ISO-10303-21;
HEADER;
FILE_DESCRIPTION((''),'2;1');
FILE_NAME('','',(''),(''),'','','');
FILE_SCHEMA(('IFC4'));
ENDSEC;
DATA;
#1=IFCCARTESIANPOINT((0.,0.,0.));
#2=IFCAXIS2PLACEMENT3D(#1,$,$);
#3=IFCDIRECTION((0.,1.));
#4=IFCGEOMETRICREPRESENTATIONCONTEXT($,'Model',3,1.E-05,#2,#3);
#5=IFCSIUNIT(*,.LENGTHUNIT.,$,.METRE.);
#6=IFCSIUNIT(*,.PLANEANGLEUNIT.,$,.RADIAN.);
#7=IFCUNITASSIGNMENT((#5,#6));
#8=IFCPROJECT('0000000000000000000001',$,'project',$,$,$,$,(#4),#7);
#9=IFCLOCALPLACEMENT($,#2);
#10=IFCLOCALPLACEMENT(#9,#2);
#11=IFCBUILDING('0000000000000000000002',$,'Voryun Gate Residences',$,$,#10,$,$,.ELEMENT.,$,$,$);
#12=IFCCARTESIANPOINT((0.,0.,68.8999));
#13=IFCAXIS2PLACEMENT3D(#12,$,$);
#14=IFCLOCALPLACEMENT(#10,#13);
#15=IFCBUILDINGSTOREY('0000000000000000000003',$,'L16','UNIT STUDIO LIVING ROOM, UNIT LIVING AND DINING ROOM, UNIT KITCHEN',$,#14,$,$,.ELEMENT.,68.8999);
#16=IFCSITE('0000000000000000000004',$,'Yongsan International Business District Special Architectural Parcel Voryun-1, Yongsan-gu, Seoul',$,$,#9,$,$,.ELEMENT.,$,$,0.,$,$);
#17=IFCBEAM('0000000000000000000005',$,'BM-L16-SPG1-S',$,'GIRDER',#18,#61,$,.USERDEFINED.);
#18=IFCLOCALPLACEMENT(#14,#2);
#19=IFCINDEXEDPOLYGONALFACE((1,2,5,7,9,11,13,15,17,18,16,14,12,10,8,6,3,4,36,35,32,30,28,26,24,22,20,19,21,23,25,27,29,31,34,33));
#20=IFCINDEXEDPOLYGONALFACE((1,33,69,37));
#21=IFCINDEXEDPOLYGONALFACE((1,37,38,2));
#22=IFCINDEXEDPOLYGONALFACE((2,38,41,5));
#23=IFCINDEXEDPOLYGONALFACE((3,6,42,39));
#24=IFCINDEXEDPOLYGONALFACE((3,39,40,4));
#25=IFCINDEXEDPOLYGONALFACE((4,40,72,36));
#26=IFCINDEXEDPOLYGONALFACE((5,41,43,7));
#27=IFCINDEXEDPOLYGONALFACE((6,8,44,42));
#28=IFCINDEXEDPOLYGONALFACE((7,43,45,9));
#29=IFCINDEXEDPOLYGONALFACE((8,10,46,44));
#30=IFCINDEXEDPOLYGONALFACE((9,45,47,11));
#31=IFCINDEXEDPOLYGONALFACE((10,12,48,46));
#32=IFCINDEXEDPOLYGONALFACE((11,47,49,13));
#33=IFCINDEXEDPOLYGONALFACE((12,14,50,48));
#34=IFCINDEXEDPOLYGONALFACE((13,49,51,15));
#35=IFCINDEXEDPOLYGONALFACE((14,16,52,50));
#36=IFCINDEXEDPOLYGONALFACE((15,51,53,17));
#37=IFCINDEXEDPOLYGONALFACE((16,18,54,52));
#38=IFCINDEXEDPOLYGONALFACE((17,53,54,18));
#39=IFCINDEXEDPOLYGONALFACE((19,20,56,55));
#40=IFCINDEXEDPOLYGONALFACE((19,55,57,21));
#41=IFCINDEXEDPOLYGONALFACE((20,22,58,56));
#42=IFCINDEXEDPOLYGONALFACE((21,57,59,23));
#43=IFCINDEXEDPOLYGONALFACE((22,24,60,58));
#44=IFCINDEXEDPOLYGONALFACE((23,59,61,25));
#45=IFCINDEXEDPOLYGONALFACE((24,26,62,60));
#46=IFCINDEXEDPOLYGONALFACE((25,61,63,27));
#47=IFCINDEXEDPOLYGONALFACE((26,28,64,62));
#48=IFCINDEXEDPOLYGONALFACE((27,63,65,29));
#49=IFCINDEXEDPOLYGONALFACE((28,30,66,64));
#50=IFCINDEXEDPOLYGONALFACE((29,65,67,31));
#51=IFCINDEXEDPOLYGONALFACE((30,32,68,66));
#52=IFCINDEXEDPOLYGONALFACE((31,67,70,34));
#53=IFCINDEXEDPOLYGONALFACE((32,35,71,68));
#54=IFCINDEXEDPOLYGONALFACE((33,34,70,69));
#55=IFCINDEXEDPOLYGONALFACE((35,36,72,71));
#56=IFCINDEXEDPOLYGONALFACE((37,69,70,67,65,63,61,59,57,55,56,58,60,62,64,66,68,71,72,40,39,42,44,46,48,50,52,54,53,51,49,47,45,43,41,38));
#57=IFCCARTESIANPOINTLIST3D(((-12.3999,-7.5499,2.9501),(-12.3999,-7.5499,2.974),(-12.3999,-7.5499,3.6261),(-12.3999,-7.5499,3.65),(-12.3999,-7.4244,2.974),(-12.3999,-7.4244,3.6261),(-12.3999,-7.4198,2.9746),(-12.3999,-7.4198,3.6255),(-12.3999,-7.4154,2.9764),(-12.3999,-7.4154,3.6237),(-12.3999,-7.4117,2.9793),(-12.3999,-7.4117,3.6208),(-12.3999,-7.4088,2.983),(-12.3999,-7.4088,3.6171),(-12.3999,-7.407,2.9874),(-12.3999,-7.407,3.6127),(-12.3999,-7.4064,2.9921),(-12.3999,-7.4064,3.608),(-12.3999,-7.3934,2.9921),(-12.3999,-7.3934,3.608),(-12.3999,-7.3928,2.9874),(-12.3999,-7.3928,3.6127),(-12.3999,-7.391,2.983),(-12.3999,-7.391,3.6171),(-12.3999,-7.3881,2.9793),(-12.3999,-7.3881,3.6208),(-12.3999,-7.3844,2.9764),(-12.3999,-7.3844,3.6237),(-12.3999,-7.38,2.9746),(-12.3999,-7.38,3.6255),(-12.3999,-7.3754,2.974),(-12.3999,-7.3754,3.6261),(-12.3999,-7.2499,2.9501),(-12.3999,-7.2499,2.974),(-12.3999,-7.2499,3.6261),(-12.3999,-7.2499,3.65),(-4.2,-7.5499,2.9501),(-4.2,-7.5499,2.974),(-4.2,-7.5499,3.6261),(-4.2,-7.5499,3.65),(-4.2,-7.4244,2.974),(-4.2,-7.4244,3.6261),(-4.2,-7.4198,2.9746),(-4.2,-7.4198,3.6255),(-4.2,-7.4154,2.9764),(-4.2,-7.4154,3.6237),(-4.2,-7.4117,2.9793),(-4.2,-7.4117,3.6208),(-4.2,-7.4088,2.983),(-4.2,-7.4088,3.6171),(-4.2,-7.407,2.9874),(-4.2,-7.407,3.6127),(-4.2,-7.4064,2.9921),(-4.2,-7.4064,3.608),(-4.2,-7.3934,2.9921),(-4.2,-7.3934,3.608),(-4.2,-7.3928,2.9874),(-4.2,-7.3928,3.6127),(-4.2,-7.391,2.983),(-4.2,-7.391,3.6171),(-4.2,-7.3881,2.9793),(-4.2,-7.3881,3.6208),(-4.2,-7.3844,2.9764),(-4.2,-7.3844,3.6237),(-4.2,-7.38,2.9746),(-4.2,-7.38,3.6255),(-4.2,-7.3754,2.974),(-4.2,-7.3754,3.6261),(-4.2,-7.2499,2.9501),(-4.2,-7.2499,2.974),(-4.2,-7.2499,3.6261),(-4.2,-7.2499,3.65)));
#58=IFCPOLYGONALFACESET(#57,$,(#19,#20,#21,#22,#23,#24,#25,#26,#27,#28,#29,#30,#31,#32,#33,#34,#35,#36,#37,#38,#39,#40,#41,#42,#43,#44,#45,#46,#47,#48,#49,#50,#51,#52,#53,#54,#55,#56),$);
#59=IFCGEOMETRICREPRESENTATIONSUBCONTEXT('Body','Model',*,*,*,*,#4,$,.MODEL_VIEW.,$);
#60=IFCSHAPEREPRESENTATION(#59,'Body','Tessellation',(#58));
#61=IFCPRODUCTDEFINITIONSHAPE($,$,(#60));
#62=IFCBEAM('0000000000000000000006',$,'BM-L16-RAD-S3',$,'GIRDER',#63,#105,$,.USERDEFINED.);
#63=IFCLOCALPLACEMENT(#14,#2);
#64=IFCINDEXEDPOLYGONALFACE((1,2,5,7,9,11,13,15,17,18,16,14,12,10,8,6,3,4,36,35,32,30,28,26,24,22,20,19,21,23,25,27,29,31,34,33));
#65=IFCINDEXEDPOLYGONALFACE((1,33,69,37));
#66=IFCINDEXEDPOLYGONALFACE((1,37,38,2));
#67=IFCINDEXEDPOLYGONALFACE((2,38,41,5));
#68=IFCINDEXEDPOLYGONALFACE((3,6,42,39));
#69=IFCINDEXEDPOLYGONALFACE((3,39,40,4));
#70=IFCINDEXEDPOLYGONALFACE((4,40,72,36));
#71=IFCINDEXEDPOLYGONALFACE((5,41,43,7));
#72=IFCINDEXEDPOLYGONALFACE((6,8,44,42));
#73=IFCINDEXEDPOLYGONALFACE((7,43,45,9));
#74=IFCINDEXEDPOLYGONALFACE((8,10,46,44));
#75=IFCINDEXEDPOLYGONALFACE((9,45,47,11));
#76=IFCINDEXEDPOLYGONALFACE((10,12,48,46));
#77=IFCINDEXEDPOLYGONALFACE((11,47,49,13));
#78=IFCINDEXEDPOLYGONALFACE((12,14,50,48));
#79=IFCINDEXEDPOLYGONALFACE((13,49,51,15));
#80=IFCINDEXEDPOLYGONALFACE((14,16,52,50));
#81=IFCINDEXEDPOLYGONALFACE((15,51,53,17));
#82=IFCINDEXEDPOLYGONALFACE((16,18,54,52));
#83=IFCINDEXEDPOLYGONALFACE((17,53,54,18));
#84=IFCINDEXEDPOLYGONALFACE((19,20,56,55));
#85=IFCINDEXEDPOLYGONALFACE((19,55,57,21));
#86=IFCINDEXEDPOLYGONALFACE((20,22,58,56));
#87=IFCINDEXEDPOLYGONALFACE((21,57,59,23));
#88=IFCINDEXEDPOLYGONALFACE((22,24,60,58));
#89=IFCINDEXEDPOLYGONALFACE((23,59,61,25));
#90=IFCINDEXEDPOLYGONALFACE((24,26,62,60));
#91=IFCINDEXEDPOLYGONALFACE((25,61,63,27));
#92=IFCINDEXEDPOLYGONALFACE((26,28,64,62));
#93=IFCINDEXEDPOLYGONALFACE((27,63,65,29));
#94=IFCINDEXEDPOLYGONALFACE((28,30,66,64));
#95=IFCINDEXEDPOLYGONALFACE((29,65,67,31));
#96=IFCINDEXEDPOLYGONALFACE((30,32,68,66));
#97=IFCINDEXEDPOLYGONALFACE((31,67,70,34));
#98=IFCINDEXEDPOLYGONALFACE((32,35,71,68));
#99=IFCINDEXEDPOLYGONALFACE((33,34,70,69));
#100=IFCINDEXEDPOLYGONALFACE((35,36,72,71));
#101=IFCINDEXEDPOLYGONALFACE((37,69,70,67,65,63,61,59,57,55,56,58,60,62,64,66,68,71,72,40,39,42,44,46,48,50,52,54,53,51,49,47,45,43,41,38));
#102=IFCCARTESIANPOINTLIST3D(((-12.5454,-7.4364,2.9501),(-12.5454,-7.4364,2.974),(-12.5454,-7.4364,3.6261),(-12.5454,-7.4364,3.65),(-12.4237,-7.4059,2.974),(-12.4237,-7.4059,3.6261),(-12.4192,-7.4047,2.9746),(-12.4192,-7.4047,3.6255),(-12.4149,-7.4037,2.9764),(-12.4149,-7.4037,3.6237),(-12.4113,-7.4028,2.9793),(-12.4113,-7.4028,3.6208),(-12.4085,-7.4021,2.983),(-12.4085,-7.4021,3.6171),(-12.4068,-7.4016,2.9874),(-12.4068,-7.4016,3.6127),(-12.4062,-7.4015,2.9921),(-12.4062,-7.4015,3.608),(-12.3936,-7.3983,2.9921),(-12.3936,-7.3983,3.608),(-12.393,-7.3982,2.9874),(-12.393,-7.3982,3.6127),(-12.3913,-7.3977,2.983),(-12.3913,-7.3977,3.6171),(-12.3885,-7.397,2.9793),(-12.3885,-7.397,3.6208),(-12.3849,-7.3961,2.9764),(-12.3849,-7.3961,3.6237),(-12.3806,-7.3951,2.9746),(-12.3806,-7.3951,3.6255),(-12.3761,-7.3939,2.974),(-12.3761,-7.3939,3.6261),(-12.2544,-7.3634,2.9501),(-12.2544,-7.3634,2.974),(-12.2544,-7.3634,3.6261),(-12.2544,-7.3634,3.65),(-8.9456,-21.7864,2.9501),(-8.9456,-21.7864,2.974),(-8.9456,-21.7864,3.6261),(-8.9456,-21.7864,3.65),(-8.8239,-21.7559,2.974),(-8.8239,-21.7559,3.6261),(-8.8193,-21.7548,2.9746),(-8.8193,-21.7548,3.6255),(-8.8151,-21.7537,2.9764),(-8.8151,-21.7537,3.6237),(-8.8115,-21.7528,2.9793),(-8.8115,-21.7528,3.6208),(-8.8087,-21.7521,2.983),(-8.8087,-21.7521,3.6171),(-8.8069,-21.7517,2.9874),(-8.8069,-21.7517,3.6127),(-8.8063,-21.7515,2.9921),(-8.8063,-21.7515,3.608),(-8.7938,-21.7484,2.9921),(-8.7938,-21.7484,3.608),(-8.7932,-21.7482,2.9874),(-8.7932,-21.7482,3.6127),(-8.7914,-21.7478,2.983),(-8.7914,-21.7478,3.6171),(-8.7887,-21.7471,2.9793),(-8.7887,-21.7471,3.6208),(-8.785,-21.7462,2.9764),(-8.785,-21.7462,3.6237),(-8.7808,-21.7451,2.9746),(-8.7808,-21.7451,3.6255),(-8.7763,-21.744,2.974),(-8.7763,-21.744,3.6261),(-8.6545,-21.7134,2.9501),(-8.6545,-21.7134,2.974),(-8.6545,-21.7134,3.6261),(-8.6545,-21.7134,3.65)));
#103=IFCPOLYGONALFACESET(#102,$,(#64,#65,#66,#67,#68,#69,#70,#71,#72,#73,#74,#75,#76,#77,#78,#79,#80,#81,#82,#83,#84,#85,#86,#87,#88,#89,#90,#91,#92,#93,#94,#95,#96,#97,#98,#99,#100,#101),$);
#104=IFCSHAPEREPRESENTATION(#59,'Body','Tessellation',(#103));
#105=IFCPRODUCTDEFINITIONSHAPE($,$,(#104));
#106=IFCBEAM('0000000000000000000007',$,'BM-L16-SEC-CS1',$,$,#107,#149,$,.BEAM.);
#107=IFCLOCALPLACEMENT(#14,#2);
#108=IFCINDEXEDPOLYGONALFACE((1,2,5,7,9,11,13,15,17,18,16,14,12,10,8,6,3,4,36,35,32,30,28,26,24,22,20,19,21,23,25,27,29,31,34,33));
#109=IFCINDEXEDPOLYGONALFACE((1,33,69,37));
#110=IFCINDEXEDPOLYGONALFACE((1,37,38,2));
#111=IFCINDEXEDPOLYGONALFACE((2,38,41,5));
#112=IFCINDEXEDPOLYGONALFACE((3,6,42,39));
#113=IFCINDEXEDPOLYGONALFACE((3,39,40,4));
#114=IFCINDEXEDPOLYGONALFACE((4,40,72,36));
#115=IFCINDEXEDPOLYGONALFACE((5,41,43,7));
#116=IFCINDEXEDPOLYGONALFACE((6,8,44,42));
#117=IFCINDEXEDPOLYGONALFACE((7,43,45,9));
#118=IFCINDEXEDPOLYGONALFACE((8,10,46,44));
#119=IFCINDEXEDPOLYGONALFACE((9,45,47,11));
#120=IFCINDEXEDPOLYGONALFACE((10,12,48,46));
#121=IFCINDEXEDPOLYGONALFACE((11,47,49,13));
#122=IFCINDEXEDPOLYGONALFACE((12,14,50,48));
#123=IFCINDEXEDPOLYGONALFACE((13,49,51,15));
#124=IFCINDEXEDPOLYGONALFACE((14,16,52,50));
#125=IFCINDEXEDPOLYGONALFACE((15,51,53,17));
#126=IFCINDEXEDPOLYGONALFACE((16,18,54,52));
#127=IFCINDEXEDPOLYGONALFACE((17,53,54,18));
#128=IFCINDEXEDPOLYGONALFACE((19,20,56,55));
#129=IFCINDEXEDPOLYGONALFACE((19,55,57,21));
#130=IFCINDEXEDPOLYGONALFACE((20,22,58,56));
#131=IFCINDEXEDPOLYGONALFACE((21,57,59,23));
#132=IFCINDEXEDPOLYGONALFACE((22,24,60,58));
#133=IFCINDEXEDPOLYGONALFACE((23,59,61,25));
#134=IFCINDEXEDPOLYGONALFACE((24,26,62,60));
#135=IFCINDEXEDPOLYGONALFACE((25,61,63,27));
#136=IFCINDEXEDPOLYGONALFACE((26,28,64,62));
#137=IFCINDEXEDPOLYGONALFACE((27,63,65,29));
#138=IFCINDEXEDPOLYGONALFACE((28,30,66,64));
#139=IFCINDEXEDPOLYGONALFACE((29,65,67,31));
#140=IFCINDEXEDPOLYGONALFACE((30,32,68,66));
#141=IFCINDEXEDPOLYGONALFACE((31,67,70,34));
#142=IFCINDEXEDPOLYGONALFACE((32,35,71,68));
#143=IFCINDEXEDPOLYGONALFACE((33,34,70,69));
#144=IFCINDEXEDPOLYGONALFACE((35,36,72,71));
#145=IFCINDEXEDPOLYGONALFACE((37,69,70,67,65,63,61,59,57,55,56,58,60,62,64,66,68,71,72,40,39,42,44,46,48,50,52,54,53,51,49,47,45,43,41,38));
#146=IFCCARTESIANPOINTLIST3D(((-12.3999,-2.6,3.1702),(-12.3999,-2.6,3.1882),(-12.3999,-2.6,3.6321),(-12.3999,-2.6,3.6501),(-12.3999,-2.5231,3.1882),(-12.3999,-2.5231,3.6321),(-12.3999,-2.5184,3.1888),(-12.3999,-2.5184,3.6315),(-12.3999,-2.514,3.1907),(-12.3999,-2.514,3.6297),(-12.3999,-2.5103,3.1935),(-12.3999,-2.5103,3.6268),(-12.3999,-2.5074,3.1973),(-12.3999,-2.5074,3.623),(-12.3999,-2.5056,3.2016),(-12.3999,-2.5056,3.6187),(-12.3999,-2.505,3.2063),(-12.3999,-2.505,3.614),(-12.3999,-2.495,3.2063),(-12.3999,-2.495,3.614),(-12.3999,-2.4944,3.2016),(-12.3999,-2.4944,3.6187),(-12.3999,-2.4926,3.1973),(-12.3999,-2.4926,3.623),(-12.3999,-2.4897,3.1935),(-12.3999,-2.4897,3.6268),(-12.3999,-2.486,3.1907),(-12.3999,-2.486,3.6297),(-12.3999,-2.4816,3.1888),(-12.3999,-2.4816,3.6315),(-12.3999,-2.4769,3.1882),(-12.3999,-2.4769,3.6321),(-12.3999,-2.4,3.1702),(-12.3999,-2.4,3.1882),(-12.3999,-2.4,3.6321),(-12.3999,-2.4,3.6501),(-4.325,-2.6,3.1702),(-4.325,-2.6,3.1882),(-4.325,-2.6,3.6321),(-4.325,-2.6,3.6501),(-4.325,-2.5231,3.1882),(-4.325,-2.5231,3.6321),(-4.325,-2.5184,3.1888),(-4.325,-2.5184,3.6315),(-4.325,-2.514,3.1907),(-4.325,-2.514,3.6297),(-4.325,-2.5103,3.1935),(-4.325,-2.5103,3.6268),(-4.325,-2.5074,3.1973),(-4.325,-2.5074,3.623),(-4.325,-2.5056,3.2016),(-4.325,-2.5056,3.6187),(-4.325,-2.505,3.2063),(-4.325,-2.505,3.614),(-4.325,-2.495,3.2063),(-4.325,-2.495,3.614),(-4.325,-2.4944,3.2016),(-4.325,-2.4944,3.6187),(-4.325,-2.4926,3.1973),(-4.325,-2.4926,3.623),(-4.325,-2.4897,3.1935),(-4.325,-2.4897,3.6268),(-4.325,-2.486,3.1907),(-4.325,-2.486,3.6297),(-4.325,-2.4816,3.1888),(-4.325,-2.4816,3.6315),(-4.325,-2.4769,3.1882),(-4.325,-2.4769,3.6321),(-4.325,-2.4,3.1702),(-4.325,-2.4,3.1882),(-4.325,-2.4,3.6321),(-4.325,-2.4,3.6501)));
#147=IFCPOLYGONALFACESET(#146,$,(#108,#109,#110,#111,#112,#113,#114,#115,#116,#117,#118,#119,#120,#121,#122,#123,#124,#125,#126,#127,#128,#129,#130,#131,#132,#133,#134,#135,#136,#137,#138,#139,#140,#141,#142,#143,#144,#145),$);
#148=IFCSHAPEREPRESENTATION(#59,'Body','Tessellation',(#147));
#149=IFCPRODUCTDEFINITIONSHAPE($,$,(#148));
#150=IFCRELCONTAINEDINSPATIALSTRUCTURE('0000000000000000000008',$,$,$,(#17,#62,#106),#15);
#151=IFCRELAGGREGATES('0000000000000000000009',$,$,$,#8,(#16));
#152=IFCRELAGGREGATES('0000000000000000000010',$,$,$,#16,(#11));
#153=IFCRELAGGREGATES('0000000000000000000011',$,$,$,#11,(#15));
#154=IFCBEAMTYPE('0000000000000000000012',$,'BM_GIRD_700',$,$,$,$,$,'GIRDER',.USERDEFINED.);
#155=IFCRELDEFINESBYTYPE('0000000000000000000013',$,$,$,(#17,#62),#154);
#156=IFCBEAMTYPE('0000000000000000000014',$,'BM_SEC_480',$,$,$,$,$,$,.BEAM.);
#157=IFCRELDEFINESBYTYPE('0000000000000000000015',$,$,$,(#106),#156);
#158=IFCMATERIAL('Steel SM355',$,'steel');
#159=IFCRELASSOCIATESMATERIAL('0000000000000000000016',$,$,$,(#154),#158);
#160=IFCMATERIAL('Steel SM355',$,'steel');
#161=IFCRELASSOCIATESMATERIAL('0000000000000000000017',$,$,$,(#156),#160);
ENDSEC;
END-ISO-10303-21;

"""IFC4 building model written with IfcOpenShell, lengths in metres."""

from ifc_helpers import new_model, si_unit, direction, frame, origin, origin_2d, place, context, subcontext, project, spatial, i_section, extrude, material, material_profile, profile_set, type_object, element, save


model = new_model("IFC4")

# Units and contexts
model_context = context("Model", 3, precision=1e-05, world=origin(), true_north=direction((0.0, 1.0)))
body_context = subcontext(model_context, "Body", "Model", "MODEL_VIEW")
ifc_project = project(units=[si_unit("LENGTHUNIT", "METRE"), si_unit("PLANEANGLEUNIT", "RADIAN")], contexts=[model_context])

# Site, building, storey
site_placement = place(None, origin())
site = spatial("IfcSite", under=ifc_project, at=site_placement, Name="Yongsan International Business District Special Architectural Parcel Voryun-1, Yongsan-gu, Seoul", CompositionType="ELEMENT", RefElevation=0.0)
building_placement = place(site_placement, origin())
building = spatial("IfcBuilding", under=site, at=building_placement, Name="Voryun Gate Residences", CompositionType="ELEMENT")
storey_placement = place(building_placement, frame((0.0, 0.0, 68.8999)))
storey = spatial("IfcBuildingStorey", under=building, at=storey_placement, Name="L16", Description="UNIT STUDIO LIVING ROOM, UNIT LIVING AND DINING ROOM, UNIT KITCHEN", CompositionType="ELEMENT", Elevation=68.8999)

# Beams
ifc_material_1 = material(Name="Steel SM355", Category="steel")
ifc_material_profile_1 = material_profile(ifc_material_1, i_section(OverallWidth=0.3, OverallDepth=0.7, WebThickness=0.0129, FlangeThickness=0.0239, FilletRadius=0.0181, at=origin_2d()), Name="H-700x300x13x24")
ifc_profile_set_1 = profile_set([ifc_material_profile_1], Name="Steel SM355")
beam_type_1 = type_object("IfcBeamType", Name="BM_GIRD_700", ElementType="GIRDER", PredefinedType="USERDEFINED", material=ifc_profile_set_1)
beam_1_placement = place(storey_placement, frame((-12.3999, -7.3999, 3.3), z_axis=(1.0, 0.0, 0.0), x_axis=(0.0, 1.0, 0.0)))
element("IfcBeam", 1, at=beam_1_placement, inside=storey, type_object=beam_type_1, Name="BM-L16-SPG1-S", ObjectType="GIRDER", PredefinedType="USERDEFINED", context=body_context, shape_type="SweptSolid", body=[
    extrude(i_section(OverallWidth=0.3, OverallDepth=0.7, WebThickness=0.0129, FlangeThickness=0.0239, FilletRadius=0.0181, at=origin_2d()), origin(), (0.0, 0.0, 1.0), 8.2),
])
beam_2_placement = place(storey_placement, frame((-12.3999, -7.3999, 3.3), z_axis=(0.24332, -0.969946, 0.0), x_axis=(0.969946, 0.24332, 0.0)))
element("IfcBeam", 2, at=beam_2_placement, inside=storey, type_object=beam_type_1, Name="BM-L16-RAD-S3", ObjectType="GIRDER", PredefinedType="USERDEFINED", context=body_context, shape_type="SweptSolid", body=[
    extrude(i_section(OverallWidth=0.3, OverallDepth=0.7, WebThickness=0.0129, FlangeThickness=0.0239, FilletRadius=0.0181, at=origin_2d()), origin(), (0.0, 0.0, 1.0), 14.7947),
])
ifc_material_2 = material(Name="Steel SM355", Category="steel")
ifc_material_profile_2 = material_profile(ifc_material_2, i_section(OverallWidth=0.2, OverallDepth=0.48, WebThickness=0.01, FlangeThickness=0.0181, FilletRadius=0.0181, at=origin_2d()), Name="H-480x200x10x18")
ifc_profile_set_2 = profile_set([ifc_material_profile_2], Name="Steel SM355")
beam_type_2 = type_object("IfcBeamType", Name="BM_SEC_480", PredefinedType="BEAM", material=ifc_profile_set_2)
beam_3_placement = place(storey_placement, frame((-12.3999, -2.5, 3.4102), z_axis=(1.0, 0.0, 0.0), x_axis=(0.0, 1.0, 0.0)))
element("IfcBeam", 3, at=beam_3_placement, inside=storey, type_object=beam_type_2, Name="BM-L16-SEC-CS1", PredefinedType="BEAM", context=body_context, shape_type="SweptSolid", body=[
    extrude(i_section(OverallWidth=0.2, OverallDepth=0.48, WebThickness=0.01, FlangeThickness=0.0181, FilletRadius=0.0181, at=origin_2d()), origin(), (0.0, 0.0, 1.0), 8.075),
])

save(model, "model.ifc")
